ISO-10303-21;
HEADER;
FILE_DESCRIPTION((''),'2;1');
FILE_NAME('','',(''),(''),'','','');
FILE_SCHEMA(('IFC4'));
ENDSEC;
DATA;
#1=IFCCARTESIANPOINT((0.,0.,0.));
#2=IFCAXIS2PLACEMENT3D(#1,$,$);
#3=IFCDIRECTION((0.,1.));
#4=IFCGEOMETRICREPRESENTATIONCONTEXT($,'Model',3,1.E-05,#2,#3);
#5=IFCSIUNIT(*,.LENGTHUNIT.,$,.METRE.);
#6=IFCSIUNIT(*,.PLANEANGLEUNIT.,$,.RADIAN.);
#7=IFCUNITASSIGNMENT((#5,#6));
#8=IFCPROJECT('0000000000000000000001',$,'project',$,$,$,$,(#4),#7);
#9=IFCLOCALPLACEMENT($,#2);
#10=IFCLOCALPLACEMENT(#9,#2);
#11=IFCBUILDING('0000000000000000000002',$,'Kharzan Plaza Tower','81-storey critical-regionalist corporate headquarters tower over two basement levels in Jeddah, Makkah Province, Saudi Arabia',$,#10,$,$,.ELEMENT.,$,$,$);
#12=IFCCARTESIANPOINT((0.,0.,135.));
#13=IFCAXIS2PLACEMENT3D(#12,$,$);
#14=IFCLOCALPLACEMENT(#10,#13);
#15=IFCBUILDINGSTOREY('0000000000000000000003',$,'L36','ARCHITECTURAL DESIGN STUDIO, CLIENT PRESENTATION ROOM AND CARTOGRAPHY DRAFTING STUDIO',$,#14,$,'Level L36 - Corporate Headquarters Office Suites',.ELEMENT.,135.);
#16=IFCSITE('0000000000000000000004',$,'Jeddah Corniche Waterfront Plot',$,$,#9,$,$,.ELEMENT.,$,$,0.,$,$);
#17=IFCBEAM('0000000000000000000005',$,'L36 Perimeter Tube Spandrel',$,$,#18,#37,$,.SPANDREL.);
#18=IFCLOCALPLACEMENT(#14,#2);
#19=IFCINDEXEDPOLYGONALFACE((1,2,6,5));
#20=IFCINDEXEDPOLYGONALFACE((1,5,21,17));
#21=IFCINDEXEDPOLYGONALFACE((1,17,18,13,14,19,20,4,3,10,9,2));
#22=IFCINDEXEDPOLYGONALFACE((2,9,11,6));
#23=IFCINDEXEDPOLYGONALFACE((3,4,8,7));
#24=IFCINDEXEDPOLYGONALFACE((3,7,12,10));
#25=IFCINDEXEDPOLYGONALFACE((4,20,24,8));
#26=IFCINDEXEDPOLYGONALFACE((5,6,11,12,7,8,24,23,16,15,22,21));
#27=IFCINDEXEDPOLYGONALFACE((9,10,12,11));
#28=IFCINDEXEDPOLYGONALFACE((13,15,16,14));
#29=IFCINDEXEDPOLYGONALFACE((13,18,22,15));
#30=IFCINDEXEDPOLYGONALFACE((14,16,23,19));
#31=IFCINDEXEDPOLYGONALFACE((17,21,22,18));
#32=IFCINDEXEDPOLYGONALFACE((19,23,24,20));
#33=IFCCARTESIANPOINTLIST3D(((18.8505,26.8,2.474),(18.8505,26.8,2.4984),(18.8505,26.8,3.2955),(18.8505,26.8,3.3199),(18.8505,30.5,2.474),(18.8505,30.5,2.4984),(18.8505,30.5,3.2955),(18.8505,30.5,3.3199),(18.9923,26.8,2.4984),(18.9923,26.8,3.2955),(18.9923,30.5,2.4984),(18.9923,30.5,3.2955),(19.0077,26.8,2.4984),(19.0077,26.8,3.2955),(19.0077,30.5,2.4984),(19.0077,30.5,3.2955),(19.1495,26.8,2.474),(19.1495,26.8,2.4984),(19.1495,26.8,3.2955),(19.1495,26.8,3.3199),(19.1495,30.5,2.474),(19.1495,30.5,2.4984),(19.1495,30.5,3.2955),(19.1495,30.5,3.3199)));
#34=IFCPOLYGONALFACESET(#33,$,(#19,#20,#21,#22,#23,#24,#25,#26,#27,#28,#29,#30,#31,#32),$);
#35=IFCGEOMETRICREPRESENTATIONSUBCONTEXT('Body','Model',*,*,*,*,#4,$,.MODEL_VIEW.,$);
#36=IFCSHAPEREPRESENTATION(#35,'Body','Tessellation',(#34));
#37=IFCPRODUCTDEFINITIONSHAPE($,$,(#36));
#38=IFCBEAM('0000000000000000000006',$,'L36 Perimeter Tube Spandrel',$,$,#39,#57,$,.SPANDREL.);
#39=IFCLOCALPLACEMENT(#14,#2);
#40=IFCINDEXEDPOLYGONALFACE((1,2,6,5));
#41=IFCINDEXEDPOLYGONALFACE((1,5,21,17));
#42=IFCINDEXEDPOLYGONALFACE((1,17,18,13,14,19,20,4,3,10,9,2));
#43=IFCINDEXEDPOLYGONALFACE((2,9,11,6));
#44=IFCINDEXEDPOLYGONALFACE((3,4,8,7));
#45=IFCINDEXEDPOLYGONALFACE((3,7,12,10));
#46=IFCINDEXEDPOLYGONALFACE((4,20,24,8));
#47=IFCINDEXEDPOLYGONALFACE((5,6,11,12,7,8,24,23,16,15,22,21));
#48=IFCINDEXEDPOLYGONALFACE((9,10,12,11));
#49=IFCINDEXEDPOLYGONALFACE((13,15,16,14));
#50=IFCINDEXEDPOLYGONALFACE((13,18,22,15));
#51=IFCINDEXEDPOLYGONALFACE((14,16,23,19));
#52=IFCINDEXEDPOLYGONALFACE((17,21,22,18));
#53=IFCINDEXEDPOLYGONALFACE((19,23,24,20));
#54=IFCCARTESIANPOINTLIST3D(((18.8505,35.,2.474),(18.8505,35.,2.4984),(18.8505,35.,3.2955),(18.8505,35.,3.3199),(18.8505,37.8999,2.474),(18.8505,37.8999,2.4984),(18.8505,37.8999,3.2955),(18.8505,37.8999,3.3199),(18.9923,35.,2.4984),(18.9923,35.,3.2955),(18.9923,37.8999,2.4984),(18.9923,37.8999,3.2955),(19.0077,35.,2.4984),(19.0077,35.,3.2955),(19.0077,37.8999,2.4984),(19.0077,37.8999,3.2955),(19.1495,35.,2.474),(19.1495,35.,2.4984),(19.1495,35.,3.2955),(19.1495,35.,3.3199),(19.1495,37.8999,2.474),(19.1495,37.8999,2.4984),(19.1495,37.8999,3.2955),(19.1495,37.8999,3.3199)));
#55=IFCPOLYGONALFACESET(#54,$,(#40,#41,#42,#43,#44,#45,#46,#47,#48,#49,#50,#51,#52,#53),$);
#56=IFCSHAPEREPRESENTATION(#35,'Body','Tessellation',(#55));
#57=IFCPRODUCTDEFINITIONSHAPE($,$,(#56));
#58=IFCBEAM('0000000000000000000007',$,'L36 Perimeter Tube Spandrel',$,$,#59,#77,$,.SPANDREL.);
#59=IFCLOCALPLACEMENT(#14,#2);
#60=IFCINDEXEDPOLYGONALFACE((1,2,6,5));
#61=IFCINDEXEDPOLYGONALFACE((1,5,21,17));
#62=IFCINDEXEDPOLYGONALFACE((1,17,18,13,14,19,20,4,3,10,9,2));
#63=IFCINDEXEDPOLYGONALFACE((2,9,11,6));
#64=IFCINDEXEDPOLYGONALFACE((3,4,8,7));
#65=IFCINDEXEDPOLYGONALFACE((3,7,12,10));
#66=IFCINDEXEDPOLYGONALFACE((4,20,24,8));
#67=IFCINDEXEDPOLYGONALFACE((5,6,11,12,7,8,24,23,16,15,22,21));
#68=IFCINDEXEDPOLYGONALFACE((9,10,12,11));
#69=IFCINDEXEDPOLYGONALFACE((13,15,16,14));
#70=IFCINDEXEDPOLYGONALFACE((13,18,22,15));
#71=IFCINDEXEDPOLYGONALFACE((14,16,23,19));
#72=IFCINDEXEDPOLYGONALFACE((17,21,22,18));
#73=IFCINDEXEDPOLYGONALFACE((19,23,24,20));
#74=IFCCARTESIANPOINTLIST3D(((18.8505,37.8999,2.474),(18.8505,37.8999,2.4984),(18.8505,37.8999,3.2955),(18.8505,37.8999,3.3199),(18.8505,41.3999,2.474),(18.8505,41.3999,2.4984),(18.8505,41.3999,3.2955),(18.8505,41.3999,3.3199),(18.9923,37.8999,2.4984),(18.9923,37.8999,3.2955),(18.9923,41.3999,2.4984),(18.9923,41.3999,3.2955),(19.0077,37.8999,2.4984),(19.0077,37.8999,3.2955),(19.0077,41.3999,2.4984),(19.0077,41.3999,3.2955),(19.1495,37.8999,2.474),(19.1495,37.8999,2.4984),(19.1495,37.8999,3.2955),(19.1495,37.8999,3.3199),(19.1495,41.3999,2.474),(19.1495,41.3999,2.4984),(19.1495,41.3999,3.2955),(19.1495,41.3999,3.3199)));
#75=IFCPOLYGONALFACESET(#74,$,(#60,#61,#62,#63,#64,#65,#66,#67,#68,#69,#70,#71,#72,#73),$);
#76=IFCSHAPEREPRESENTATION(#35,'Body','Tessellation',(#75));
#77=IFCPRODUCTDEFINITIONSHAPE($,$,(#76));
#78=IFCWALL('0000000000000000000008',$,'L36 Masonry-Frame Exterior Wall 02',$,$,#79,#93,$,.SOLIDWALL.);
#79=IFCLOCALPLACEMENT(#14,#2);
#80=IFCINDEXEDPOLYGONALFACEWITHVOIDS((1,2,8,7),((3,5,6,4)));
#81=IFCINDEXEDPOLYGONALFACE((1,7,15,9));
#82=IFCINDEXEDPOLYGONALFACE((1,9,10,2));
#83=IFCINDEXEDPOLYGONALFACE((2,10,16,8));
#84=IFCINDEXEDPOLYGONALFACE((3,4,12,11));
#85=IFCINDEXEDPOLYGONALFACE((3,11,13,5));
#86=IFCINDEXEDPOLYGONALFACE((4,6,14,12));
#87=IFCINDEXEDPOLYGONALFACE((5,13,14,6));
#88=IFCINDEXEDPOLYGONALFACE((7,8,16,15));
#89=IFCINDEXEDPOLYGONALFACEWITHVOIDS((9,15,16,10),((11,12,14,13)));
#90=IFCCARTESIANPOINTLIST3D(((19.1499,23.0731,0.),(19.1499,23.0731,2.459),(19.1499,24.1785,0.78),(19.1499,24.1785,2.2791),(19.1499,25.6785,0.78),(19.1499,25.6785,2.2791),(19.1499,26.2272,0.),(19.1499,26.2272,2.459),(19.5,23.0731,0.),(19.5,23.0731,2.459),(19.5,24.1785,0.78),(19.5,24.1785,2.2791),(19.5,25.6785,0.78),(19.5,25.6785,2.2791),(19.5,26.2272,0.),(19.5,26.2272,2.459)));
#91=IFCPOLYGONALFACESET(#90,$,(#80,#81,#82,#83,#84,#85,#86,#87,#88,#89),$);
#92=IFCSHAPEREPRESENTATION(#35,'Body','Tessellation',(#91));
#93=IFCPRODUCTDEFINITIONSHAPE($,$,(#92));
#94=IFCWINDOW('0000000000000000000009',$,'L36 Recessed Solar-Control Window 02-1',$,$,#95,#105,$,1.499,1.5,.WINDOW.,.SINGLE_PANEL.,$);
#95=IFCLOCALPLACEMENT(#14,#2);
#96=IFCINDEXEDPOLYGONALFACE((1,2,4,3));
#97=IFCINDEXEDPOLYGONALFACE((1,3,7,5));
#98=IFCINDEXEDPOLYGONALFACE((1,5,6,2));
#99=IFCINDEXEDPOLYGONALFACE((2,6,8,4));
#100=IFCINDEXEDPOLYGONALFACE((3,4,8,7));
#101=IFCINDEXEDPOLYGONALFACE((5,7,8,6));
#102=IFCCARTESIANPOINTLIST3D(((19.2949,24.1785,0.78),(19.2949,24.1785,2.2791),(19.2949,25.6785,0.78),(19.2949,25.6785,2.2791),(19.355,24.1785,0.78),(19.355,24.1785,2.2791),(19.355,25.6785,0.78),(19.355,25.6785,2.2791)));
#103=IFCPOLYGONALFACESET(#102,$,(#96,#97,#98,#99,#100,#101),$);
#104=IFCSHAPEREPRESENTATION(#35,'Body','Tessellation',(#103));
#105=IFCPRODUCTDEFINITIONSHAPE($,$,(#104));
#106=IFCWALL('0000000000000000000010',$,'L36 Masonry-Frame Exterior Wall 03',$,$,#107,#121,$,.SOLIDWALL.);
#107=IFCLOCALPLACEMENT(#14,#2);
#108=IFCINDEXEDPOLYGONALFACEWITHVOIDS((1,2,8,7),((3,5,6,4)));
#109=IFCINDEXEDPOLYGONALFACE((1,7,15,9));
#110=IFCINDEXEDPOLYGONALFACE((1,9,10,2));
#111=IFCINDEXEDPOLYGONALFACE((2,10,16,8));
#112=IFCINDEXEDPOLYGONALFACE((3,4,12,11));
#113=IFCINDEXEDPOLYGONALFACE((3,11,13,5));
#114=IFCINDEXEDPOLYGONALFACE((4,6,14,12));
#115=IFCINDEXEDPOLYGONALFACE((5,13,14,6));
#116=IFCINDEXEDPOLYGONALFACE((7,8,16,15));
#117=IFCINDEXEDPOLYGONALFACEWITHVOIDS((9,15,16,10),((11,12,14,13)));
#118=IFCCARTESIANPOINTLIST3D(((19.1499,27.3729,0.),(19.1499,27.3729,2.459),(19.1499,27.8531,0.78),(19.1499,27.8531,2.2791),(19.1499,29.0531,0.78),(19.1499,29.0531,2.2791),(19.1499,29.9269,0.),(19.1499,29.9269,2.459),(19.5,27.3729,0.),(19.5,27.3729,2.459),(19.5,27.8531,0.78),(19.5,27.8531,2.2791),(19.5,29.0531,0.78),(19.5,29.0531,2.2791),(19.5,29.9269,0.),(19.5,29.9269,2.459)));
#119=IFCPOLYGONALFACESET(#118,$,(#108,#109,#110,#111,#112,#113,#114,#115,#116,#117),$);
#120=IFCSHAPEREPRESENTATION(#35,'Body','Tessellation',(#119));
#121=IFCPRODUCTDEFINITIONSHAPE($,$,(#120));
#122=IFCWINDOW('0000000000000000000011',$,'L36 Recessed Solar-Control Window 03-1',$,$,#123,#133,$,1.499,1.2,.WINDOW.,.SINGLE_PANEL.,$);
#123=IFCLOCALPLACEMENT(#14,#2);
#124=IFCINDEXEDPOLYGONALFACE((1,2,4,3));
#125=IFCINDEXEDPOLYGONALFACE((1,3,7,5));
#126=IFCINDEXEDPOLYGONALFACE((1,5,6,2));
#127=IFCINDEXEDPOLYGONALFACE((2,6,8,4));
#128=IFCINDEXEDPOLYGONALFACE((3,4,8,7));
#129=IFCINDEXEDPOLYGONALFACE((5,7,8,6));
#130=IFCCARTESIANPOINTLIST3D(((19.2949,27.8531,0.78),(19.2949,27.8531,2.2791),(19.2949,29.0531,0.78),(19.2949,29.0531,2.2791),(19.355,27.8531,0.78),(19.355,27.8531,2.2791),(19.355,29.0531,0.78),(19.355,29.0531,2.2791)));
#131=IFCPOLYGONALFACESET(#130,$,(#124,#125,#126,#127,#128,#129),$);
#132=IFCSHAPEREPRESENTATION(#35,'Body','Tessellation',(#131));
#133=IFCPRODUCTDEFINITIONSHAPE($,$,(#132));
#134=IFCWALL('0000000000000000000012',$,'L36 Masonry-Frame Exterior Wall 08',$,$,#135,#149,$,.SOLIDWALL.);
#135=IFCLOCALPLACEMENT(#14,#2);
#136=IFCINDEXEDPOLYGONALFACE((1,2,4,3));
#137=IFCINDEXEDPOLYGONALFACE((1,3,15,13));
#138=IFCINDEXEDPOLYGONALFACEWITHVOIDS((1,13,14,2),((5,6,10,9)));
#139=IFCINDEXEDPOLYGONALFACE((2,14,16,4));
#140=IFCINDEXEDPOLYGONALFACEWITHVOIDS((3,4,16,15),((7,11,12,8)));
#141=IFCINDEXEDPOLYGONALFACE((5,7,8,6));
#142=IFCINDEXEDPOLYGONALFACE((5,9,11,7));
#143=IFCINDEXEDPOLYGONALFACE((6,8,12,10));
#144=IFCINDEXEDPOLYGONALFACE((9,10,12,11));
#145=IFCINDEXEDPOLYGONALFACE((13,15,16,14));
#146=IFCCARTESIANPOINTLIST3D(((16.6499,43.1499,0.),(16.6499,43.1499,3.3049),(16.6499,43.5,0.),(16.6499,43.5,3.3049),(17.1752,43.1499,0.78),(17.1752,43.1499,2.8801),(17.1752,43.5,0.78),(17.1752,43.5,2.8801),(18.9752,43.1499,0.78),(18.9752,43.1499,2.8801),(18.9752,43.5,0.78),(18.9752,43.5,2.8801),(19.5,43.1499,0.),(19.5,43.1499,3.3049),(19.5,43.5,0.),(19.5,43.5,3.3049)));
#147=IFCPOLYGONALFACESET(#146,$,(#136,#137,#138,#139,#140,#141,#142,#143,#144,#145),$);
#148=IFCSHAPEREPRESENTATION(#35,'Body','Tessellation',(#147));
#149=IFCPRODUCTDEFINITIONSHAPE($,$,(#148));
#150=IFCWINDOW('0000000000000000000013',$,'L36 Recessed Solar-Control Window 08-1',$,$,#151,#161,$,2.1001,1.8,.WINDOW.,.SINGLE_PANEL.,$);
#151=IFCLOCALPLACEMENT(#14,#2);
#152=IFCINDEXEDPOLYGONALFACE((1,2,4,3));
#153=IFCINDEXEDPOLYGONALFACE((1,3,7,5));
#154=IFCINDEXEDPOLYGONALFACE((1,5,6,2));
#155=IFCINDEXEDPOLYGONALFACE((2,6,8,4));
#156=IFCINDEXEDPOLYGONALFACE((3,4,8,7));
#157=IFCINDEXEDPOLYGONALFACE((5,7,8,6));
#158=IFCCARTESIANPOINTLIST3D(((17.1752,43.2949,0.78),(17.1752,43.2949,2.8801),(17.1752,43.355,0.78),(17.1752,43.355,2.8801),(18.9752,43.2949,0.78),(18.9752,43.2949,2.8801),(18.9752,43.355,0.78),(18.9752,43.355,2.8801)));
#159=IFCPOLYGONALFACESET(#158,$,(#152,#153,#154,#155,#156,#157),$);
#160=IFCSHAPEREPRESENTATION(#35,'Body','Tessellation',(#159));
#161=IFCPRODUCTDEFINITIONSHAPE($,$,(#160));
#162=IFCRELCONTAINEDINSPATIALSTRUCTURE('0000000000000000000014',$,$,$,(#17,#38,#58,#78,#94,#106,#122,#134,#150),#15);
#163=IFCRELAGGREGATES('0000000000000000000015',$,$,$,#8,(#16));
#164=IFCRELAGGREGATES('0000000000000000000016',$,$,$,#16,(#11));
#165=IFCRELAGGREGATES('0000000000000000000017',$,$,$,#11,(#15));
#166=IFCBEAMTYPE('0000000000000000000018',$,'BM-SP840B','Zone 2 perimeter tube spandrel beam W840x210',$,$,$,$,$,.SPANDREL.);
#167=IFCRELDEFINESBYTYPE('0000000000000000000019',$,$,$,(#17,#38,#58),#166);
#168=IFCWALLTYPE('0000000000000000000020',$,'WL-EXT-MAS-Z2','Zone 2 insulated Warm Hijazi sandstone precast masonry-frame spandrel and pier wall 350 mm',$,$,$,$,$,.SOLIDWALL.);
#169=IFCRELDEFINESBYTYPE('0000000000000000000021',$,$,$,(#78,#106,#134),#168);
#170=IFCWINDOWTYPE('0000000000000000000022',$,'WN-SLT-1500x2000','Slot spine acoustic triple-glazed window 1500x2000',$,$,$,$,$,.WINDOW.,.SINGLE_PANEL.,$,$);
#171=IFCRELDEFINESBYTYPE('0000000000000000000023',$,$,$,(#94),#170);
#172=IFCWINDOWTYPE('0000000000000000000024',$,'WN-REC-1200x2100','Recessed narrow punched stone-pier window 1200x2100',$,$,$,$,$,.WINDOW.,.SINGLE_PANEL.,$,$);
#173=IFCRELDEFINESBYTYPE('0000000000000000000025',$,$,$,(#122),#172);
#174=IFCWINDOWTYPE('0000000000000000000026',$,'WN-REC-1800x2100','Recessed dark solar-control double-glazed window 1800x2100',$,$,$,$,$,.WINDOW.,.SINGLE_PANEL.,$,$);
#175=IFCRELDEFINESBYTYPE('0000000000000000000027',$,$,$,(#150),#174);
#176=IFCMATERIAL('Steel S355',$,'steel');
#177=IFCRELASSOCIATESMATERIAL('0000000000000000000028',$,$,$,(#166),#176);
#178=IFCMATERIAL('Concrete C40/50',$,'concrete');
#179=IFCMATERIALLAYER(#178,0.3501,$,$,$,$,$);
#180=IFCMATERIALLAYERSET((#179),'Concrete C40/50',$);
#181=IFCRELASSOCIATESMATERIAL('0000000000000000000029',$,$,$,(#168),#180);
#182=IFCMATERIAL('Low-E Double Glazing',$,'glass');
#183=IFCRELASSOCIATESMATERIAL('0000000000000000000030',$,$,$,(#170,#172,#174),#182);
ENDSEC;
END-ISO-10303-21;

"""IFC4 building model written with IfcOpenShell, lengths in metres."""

from ifc_helpers import new_model, si_unit, direction, frame, frame_2d, origin, origin_2d, place, context, subcontext, project, spatial, rectangle, i_section, extrude, source, transform, mapped, material, layer, layer_set, material_profile, profile_set, type_object, element, fill, save


model = new_model("IFC4")

# Units and contexts
model_context = context("Model", 3, precision=1e-05, world=origin(), true_north=direction((0.0, 1.0)))
body_context = subcontext(model_context, "Body", "Model", "MODEL_VIEW")
ifc_project = project(units=[si_unit("LENGTHUNIT", "METRE"), si_unit("PLANEANGLEUNIT", "RADIAN")], contexts=[model_context])

# Site, building, storey
site_placement = place(None, origin())
site = spatial("IfcSite", under=ifc_project, at=site_placement, Name="Jeddah Corniche Waterfront Plot", CompositionType="ELEMENT", RefElevation=0.0)
building_placement = place(site_placement, origin())
building = spatial("IfcBuilding", under=site, at=building_placement, Name="Kharzan Plaza Tower", Description="81-storey critical-regionalist corporate headquarters tower over two basement levels in Jeddah, Makkah Province, Saudi Arabia", CompositionType="ELEMENT")
storey_placement = place(building_placement, frame((0.0, 0.0, 135.0)))
storey = spatial("IfcBuildingStorey", under=building, at=storey_placement, Name="L36", Description="ARCHITECTURAL DESIGN STUDIO, CLIENT PRESENTATION ROOM AND CARTOGRAPHY DRAFTING STUDIO", LongName="Level L36 - Corporate Headquarters Office Suites", CompositionType="ELEMENT", Elevation=135.0)

# Beams
ifc_material_1 = material(Name="Steel S355", Category="steel")
ifc_material_profile_1 = material_profile(ifc_material_1, i_section(OverallWidth=0.2991, OverallDepth=0.8459, WebThickness=0.0154, FlangeThickness=0.0244, at=origin_2d()), Name="W840x210")
ifc_profile_set_1 = profile_set([ifc_material_profile_1], Name="Steel S355")
beam_type = type_object("IfcBeamType", Name="BM-SP840B", Description="Zone 2 perimeter tube spandrel beam W840x210", PredefinedType="SPANDREL", material=ifc_profile_set_1)
shared_shape_1 = source(origin(), body_context, "Body", "SweptSolid", [
    extrude(i_section(OverallWidth=0.2991, OverallDepth=0.8459, WebThickness=0.0154, FlangeThickness=0.0244, at=origin_2d()), origin(), (0.0, 0.0, 1.0), 3.7),
])
beam_1_placement = place(storey_placement, frame((19.0, 26.8, 2.897), z_axis=(0.0, 1.0, 0.0), x_axis=(-1.0, 0.0, 0.0)))
element("IfcBeam", 1, at=beam_1_placement, inside=storey, type_object=beam_type, Name="L36 Perimeter Tube Spandrel", PredefinedType="SPANDREL", context=body_context, shape_type="MappedRepresentation", body=[
    mapped(shared_shape_1, transform((0.0, 0.0, 0.0), x_axis=(1.0, 0.0, 0.0), y_axis=(0.0, 1.0, 0.0), z_axis=(0.0, 0.0, 1.0))),
])
shared_shape_2 = source(origin(), body_context, "Body", "SweptSolid", [
    extrude(i_section(OverallWidth=0.2991, OverallDepth=0.8459, WebThickness=0.0154, FlangeThickness=0.0244, at=origin_2d()), origin(), (0.0, 0.0, 1.0), 2.8999),
])
beam_2_placement = place(storey_placement, frame((19.0, 35.0, 2.897), z_axis=(0.0, 1.0, 0.0), x_axis=(-1.0, 0.0, 0.0)))
element("IfcBeam", 2, at=beam_2_placement, inside=storey, type_object=beam_type, Name="L36 Perimeter Tube Spandrel", PredefinedType="SPANDREL", context=body_context, shape_type="MappedRepresentation", body=[
    mapped(shared_shape_2, transform((0.0, 0.0, 0.0), x_axis=(1.0, 0.0, 0.0), y_axis=(0.0, 1.0, 0.0), z_axis=(0.0, 0.0, 1.0))),
])
shared_shape_3 = source(origin(), body_context, "Body", "SweptSolid", [
    extrude(i_section(OverallWidth=0.2991, OverallDepth=0.8459, WebThickness=0.0154, FlangeThickness=0.0244, at=origin_2d()), origin(), (0.0, 0.0, 1.0), 3.5),
])
beam_3_placement = place(storey_placement, frame((19.0, 37.8999, 2.897), z_axis=(0.0, 1.0, 0.0), x_axis=(-1.0, 0.0, 0.0)))
element("IfcBeam", 3, at=beam_3_placement, inside=storey, type_object=beam_type, Name="L36 Perimeter Tube Spandrel", PredefinedType="SPANDREL", context=body_context, shape_type="MappedRepresentation", body=[
    mapped(shared_shape_3, transform((0.0, 0.0, 0.0), x_axis=(1.0, 0.0, 0.0), y_axis=(0.0, 1.0, 0.0), z_axis=(0.0, 0.0, 1.0))),
])

# Walls, openings, windows
ifc_material_2 = material(Name="Concrete C40/50", Category="concrete")
ifc_layer_1 = layer(ifc_material_2, 0.3501)
ifc_layer_set_1 = layer_set([ifc_layer_1], Name="Concrete C40/50")
wall_type_1 = type_object("IfcWallType", Name="WL-EXT-MAS-Z2", Description="Zone 2 insulated Warm Hijazi sandstone precast masonry-frame spandrel and pier wall 350 mm", PredefinedType="SOLIDWALL", material=ifc_layer_set_1)
wall_1_placement = place(storey_placement, frame((19.325, 23.073, 0.0), z_axis=(0.0, 0.0, 1.0), x_axis=(0.0, 1.0, 0.0)))
wall_1 = element("IfcWall", 4, at=wall_1_placement, inside=storey, type_object=wall_type_1, Name="L36 Masonry-Frame Exterior Wall 02", PredefinedType="SOLIDWALL", context=body_context, shape_type="SweptSolid", body=[
    extrude(rectangle(XDim=3.1541, YDim=0.3501, at=frame_2d((1.5771, 0.0))), origin(), (0.0, 0.0, 1.0), 2.459),
])
opening_1_placement = place(wall_1_placement, frame((1.1055, 0.0, 0.78)))
opening_1 = element("IfcOpeningElement", 5, at=opening_1_placement, cuts=wall_1, PredefinedType="OPENING", context=body_context, shape_type="SweptSolid", body=[
    extrude(rectangle(XDim=1.5, YDim=1.499, at=frame_2d((0.75, 0.7495))), frame((0.0, 0.1851, 0.0), z_axis=(0.0, -1.0, 0.0), x_axis=(1.0, 0.0, 0.0)), (0.0, 0.0, 1.0), 0.3701),
])
ifc_material_3 = material(Name="Low-E Double Glazing", Category="glass")
window_type_1 = type_object("IfcWindowType", Name="WN-SLT-1500x2000", Description="Slot spine acoustic triple-glazed window 1500x2000", PartitioningType="SINGLE_PANEL", PredefinedType="WINDOW", material=ifc_material_3)
shared_shape_4 = source(origin(), body_context, "Body", "SweptSolid", [
    extrude(rectangle(XDim=1.5, YDim=1.499, at=frame_2d((0.75, 0.7495))), frame((0.0, 0.03, 0.0), z_axis=(0.0, -1.0, 0.0), x_axis=(1.0, 0.0, 0.0)), (0.0, 0.0, 1.0), 0.0601),
])
window_1_placement = place(opening_1_placement, origin())
window_1 = element("IfcWindow", 6, at=window_1_placement, inside=storey, type_object=window_type_1, Name="L36 Recessed Solar-Control Window 02-1", OverallHeight=1.499, OverallWidth=1.5, PartitioningType="SINGLE_PANEL", PredefinedType="WINDOW", context=body_context, shape_type="MappedRepresentation", body=[
    mapped(shared_shape_4, transform((0.0, 0.0, 0.0), x_axis=(1.0, 0.0, 0.0), y_axis=(0.0, 1.0, 0.0), z_axis=(0.0, 0.0, 1.0))),
])
fill(opening_1, window_1)
wall_2_placement = place(storey_placement, frame((19.325, 27.373, 0.0), z_axis=(0.0, 0.0, 1.0), x_axis=(0.0, 1.0, 0.0)))
wall_2 = element("IfcWall", 7, at=wall_2_placement, inside=storey, type_object=wall_type_1, Name="L36 Masonry-Frame Exterior Wall 03", PredefinedType="SOLIDWALL", context=body_context, shape_type="SweptSolid", body=[
    extrude(rectangle(XDim=2.554, YDim=0.3501, at=frame_2d((1.2769, 0.0))), origin(), (0.0, 0.0, 1.0), 2.459),
])
opening_2_placement = place(wall_2_placement, frame((0.48, 0.0, 0.78)))
opening_2 = element("IfcOpeningElement", 8, at=opening_2_placement, cuts=wall_2, PredefinedType="OPENING", context=body_context, shape_type="SweptSolid", body=[
    extrude(rectangle(XDim=1.2, YDim=1.499, at=frame_2d((0.6001, 0.7495))), frame((0.0, 0.1851, 0.0), z_axis=(0.0, -1.0, 0.0), x_axis=(1.0, 0.0, 0.0)), (0.0, 0.0, 1.0), 0.3701),
])
window_type_2 = type_object("IfcWindowType", Name="WN-REC-1200x2100", Description="Recessed narrow punched stone-pier window 1200x2100", PartitioningType="SINGLE_PANEL", PredefinedType="WINDOW", material=ifc_material_3)
shared_shape_5 = source(origin(), body_context, "Body", "SweptSolid", [
    extrude(rectangle(XDim=1.2, YDim=1.499, at=frame_2d((0.6001, 0.7495))), frame((0.0, 0.03, 0.0), z_axis=(0.0, -1.0, 0.0), x_axis=(1.0, 0.0, 0.0)), (0.0, 0.0, 1.0), 0.0601),
])
window_2_placement = place(opening_2_placement, origin())
window_2 = element("IfcWindow", 9, at=window_2_placement, inside=storey, type_object=window_type_2, Name="L36 Recessed Solar-Control Window 03-1", OverallHeight=1.499, OverallWidth=1.2, PartitioningType="SINGLE_PANEL", PredefinedType="WINDOW", context=body_context, shape_type="MappedRepresentation", body=[
    mapped(shared_shape_5, transform((0.0, 0.0, 0.0), x_axis=(1.0, 0.0, 0.0), y_axis=(0.0, 1.0, 0.0), z_axis=(0.0, 0.0, 1.0))),
])
fill(opening_2, window_2)
wall_3_placement = place(storey_placement, frame((19.5, 43.325, 0.0), z_axis=(0.0, 0.0, 1.0), x_axis=(-1.0, 0.0, 0.0)))
wall_3 = element("IfcWall", 10, at=wall_3_placement, inside=storey, type_object=wall_type_1, Name="L36 Masonry-Frame Exterior Wall 08", PredefinedType="SOLIDWALL", context=body_context, shape_type="SweptSolid", body=[
    extrude(rectangle(XDim=2.8501, YDim=0.3501, at=frame_2d((1.425, 0.0))), origin(), (0.0, 0.0, 1.0), 3.3049),
])
opening_3_placement = place(wall_3_placement, frame((0.5249, 0.0, 0.78)))
opening_3 = element("IfcOpeningElement", 11, at=opening_3_placement, cuts=wall_3, PredefinedType="OPENING", context=body_context, shape_type="SweptSolid", body=[
    extrude(rectangle(XDim=1.8, YDim=2.1001, at=frame_2d((0.8999, 1.05))), frame((0.0, 0.1851, 0.0), z_axis=(0.0, -1.0, 0.0), x_axis=(1.0, 0.0, 0.0)), (0.0, 0.0, 1.0), 0.3701),
])
window_type_3 = type_object("IfcWindowType", Name="WN-REC-1800x2100", Description="Recessed dark solar-control double-glazed window 1800x2100", PartitioningType="SINGLE_PANEL", PredefinedType="WINDOW", material=ifc_material_3)
shared_shape_6 = source(origin(), body_context, "Body", "SweptSolid", [
    extrude(rectangle(XDim=1.8, YDim=2.1001, at=frame_2d((0.8999, 1.05))), frame((0.0, 0.03, 0.0), z_axis=(0.0, -1.0, 0.0), x_axis=(1.0, 0.0, 0.0)), (0.0, 0.0, 1.0), 0.0601),
])
window_3_placement = place(opening_3_placement, origin())
window_3 = element("IfcWindow", 12, at=window_3_placement, inside=storey, type_object=window_type_3, Name="L36 Recessed Solar-Control Window 08-1", OverallHeight=2.1001, OverallWidth=1.8, PartitioningType="SINGLE_PANEL", PredefinedType="WINDOW", context=body_context, shape_type="MappedRepresentation", body=[
    mapped(shared_shape_6, transform((0.0, 0.0, 0.0), x_axis=(1.0, 0.0, 0.0), y_axis=(0.0, 1.0, 0.0), z_axis=(0.0, 0.0, 1.0))),
])
fill(opening_3, window_3)

save(model, "model.ifc")
